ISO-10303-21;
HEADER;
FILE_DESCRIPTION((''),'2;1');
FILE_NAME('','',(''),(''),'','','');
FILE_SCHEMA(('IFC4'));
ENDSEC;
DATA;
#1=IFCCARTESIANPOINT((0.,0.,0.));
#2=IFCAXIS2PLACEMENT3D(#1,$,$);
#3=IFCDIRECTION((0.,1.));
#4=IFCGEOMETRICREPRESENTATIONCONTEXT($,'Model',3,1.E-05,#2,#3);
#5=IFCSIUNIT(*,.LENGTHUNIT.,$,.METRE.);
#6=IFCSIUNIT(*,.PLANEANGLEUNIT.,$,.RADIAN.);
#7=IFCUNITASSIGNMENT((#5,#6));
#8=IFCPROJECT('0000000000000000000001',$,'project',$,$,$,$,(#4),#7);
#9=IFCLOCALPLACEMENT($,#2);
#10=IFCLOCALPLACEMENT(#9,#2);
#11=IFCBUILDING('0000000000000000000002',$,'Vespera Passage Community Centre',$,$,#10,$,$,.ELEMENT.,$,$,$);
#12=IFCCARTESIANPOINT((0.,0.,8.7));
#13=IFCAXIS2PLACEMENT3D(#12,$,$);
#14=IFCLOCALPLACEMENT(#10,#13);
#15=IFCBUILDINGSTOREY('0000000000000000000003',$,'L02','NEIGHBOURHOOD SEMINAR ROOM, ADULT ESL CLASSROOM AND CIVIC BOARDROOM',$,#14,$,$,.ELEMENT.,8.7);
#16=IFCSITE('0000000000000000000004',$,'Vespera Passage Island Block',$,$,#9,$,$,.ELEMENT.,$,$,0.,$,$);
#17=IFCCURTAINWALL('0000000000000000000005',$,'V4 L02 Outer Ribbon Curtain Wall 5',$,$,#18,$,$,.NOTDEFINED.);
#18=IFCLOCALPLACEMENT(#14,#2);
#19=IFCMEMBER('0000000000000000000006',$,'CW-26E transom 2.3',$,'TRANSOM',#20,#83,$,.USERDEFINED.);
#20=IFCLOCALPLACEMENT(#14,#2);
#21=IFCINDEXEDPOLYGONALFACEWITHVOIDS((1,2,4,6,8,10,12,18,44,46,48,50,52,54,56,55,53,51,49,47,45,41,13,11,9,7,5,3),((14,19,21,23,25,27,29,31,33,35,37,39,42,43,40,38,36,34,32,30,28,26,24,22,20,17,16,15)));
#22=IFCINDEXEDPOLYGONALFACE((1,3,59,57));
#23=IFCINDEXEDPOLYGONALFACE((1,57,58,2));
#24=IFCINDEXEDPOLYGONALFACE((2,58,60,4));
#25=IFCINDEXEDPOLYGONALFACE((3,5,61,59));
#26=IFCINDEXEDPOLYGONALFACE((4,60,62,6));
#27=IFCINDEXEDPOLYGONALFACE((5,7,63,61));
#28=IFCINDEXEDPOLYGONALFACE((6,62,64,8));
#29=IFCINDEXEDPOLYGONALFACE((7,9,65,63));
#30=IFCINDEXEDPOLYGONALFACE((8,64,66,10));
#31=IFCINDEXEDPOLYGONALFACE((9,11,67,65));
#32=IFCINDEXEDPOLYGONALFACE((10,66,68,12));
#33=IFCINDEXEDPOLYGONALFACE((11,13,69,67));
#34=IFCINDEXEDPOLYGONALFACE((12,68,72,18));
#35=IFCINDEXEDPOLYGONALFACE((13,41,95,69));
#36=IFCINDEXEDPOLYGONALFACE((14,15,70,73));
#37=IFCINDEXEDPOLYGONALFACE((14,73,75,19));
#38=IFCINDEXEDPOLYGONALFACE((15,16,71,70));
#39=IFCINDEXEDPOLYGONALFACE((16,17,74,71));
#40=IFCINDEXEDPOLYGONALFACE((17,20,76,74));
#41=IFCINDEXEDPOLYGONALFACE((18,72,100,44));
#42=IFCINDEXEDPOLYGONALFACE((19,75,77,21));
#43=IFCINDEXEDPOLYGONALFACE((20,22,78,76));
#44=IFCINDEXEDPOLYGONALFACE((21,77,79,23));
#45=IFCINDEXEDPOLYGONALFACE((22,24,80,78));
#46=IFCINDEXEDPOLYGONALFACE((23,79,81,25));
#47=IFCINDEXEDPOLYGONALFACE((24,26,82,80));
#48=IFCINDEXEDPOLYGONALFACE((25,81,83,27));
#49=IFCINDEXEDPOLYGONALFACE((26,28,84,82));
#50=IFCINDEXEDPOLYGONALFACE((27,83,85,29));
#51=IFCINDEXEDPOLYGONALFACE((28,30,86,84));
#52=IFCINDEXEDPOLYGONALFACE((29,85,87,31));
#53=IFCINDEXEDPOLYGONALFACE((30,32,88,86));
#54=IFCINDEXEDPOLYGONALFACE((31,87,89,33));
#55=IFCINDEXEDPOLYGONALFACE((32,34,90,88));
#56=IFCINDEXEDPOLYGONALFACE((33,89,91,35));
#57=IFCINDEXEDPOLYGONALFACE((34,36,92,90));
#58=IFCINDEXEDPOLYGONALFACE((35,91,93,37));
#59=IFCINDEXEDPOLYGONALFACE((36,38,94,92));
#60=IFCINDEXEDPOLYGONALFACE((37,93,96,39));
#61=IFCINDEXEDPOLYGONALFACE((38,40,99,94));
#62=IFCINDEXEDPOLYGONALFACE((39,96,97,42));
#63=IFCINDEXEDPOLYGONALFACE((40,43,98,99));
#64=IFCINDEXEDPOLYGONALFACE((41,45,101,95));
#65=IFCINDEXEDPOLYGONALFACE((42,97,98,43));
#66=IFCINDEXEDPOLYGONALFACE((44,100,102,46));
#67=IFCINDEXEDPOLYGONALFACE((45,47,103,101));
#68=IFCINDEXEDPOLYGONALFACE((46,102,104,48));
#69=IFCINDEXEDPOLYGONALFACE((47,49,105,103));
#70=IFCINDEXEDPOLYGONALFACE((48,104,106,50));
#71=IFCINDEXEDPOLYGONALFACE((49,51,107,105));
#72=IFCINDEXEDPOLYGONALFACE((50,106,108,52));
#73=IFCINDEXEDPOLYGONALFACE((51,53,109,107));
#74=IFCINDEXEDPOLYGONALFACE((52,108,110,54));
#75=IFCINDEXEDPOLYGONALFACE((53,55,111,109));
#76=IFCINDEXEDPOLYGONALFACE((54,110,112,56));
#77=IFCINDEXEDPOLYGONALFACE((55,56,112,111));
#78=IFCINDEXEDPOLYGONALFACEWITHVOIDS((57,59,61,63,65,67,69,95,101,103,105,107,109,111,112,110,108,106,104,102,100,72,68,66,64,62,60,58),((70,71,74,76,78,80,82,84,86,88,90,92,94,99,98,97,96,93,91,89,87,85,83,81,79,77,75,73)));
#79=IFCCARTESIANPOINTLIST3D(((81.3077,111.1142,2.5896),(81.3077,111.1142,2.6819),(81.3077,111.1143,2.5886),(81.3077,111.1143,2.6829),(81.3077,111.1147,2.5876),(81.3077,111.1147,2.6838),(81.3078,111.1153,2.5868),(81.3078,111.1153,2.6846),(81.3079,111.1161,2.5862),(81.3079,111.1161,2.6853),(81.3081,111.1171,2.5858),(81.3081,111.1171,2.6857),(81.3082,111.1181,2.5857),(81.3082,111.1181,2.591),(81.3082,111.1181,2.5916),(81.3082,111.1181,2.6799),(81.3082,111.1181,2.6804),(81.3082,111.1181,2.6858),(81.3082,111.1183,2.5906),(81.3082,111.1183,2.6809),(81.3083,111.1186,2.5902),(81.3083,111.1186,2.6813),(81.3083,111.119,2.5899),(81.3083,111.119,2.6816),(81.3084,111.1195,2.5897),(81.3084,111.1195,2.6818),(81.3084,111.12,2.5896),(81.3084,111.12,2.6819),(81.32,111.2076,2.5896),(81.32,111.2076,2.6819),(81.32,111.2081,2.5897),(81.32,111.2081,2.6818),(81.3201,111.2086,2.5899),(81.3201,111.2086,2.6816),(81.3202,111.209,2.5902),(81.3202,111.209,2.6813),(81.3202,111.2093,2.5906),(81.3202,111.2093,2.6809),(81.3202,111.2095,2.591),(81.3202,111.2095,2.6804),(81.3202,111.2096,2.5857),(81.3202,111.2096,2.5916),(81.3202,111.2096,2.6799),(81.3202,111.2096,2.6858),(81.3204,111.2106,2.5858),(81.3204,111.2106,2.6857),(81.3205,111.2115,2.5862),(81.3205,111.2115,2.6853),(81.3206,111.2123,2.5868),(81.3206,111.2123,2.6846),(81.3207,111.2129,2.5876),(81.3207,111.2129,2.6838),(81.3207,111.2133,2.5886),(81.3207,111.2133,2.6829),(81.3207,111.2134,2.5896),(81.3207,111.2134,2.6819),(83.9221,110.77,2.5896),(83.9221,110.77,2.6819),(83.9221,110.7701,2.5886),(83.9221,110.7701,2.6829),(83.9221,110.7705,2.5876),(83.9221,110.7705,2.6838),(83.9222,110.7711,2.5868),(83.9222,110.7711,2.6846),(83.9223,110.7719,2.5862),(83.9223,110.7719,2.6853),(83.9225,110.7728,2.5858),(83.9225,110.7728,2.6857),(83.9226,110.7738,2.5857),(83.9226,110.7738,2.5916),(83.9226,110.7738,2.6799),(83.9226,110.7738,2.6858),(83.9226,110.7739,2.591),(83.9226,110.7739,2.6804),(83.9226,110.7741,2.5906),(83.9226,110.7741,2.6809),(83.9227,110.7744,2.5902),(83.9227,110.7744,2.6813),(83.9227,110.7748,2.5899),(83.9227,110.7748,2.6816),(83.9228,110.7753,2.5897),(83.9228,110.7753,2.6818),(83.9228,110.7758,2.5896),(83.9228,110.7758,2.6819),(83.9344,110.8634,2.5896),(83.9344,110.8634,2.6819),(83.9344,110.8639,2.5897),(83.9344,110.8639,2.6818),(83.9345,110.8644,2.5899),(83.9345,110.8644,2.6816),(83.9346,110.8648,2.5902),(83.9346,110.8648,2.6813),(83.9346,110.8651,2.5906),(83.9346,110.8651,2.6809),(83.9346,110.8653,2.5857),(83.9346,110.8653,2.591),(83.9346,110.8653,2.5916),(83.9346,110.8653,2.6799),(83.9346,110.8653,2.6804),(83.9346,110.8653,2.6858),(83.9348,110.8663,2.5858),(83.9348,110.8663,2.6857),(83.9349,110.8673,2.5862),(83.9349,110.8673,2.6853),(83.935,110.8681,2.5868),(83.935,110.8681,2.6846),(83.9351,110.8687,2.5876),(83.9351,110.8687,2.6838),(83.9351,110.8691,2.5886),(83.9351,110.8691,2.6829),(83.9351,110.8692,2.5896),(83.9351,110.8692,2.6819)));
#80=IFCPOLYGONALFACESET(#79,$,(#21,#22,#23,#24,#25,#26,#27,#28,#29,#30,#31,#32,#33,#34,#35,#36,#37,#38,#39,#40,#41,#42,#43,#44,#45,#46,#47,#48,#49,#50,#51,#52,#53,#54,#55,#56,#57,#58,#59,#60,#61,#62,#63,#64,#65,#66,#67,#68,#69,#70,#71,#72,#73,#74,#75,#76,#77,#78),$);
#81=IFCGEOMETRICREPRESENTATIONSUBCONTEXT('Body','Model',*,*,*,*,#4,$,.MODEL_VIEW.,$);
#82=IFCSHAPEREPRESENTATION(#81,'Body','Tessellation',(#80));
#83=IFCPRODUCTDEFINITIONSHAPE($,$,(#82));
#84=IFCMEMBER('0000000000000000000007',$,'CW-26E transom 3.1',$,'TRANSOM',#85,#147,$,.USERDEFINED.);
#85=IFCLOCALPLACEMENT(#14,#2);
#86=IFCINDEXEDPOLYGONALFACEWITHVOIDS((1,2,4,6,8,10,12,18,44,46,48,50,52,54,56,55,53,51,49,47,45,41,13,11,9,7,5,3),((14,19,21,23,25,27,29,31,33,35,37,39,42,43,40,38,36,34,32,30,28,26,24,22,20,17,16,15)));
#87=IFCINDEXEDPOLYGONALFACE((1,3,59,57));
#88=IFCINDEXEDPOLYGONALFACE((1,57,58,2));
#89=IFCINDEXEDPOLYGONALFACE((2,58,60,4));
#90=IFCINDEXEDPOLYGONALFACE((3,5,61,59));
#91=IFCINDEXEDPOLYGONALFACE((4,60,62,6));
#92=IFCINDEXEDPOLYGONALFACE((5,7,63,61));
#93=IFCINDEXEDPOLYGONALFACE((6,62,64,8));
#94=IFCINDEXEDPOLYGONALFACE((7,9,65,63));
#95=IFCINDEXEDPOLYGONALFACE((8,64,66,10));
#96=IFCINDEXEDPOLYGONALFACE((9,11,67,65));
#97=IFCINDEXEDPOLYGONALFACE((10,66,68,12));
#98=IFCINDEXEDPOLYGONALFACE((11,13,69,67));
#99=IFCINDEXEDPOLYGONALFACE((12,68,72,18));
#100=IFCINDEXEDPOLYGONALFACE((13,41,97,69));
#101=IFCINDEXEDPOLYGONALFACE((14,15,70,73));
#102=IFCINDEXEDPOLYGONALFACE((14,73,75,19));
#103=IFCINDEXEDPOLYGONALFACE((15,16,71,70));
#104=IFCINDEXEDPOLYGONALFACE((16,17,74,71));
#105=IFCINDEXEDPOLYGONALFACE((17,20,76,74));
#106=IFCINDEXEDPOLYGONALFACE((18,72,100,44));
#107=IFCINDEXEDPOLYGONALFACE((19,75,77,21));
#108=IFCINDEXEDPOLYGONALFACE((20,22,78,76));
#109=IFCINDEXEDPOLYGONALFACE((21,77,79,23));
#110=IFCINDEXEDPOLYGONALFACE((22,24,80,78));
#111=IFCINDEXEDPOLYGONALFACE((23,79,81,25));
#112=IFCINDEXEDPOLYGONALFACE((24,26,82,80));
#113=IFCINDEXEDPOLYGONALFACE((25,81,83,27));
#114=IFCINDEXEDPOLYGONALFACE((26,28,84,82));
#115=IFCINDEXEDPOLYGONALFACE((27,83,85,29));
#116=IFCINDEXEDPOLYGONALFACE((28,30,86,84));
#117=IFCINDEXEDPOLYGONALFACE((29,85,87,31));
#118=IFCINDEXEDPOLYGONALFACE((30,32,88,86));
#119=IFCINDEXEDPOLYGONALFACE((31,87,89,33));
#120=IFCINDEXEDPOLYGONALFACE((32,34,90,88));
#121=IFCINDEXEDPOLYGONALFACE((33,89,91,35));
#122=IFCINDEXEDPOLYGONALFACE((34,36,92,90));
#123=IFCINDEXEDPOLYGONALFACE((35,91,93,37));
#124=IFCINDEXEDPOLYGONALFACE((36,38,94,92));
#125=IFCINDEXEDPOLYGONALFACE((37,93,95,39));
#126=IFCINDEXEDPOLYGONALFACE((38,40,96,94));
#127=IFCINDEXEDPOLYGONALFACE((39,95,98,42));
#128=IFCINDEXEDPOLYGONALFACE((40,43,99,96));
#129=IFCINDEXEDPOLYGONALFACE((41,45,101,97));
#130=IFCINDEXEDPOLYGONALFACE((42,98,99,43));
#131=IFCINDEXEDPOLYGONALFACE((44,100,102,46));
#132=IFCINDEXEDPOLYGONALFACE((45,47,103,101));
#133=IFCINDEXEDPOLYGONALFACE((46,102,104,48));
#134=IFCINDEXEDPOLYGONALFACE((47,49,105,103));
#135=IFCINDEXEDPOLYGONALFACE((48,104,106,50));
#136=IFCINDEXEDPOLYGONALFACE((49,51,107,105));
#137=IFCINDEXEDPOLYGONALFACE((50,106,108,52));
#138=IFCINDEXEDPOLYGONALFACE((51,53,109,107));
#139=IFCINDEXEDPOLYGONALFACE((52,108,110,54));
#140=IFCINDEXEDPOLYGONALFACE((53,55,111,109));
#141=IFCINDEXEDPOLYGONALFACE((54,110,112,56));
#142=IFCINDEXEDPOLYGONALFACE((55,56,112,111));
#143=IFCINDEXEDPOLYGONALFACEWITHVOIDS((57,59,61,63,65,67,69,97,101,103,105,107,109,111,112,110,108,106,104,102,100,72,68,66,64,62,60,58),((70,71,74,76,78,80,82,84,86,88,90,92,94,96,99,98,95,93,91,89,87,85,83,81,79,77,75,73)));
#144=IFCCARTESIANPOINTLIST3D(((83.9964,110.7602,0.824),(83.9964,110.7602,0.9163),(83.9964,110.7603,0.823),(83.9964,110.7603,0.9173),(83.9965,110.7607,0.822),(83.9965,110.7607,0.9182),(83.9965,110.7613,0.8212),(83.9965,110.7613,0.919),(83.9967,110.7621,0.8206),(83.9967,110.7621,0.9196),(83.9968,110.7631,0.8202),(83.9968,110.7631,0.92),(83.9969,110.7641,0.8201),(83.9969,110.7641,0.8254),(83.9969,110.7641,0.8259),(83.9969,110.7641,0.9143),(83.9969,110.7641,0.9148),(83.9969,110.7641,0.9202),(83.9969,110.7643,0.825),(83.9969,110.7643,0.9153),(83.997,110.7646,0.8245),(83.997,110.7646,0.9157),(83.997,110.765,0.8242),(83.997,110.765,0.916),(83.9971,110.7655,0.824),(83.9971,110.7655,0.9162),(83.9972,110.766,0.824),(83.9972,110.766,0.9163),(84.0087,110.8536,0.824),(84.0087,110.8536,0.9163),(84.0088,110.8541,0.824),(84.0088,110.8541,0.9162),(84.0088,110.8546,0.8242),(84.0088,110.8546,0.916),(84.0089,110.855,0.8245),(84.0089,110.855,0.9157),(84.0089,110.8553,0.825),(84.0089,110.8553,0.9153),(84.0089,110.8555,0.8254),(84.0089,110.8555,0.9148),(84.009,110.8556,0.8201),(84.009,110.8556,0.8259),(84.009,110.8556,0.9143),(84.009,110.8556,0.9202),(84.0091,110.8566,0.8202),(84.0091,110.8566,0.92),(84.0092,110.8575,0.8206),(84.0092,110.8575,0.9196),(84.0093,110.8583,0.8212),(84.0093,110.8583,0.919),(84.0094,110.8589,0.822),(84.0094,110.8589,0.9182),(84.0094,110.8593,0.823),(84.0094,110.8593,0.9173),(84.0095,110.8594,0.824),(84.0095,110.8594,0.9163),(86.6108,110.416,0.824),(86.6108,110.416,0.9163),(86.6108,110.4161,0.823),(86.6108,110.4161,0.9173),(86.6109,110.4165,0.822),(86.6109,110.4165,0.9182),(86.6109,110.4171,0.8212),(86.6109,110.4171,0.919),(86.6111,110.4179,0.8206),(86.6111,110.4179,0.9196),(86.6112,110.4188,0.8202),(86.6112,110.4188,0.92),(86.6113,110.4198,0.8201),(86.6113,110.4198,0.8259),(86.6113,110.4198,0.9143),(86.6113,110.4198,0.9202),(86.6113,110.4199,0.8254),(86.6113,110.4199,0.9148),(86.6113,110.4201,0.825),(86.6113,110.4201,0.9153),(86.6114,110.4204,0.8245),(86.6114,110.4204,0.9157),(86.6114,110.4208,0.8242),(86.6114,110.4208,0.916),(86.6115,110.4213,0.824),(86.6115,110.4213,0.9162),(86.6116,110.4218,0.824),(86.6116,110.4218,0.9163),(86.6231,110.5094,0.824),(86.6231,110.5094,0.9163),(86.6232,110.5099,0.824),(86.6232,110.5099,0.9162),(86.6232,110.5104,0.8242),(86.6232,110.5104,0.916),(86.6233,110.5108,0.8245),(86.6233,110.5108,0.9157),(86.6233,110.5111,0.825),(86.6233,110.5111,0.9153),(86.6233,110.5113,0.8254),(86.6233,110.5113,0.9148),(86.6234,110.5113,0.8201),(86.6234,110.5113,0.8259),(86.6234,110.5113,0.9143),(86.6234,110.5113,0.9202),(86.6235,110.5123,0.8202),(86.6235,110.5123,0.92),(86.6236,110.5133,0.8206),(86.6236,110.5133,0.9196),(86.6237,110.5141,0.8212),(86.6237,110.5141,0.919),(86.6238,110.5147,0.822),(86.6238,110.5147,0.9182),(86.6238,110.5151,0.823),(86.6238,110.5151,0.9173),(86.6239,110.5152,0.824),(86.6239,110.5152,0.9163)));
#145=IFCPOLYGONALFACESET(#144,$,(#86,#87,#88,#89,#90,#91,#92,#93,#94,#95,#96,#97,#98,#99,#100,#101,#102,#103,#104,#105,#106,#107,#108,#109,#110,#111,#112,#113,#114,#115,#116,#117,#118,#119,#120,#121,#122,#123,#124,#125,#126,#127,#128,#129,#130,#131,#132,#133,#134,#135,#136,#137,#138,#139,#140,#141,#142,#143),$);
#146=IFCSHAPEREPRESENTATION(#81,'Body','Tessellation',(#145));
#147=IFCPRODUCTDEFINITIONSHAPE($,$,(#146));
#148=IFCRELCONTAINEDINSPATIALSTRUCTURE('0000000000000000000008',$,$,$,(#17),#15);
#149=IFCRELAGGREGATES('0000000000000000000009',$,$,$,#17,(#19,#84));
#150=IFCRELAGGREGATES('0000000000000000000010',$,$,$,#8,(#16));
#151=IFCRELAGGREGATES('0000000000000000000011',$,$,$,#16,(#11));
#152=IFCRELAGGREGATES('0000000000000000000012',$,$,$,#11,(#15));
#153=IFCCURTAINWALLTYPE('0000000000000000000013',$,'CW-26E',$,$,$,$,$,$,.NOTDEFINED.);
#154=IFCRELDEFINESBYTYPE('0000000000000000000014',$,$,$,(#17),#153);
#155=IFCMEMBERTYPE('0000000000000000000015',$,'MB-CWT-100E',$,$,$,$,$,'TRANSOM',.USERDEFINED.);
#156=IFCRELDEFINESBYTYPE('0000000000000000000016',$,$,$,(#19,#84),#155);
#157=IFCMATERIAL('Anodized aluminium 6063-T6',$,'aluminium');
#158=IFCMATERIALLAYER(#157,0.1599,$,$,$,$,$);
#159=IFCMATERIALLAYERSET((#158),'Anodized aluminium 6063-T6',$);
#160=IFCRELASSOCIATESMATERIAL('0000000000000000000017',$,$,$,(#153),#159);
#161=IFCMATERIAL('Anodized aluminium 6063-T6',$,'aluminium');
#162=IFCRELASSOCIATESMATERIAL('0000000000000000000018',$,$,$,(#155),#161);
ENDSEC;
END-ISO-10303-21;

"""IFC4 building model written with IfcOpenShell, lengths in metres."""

from ifc_helpers import new_model, si_unit, direction, frame, origin, origin_2d, place, context, subcontext, project, spatial, hollow_rectangle, extrude, material, layer, layer_set, material_profile, profile_set, type_object, element, aggregate, save


model = new_model("IFC4")

# Units and contexts
model_context = context("Model", 3, precision=1e-05, world=origin(), true_north=direction((0.0, 1.0)))
body_context = subcontext(model_context, "Body", "Model", "MODEL_VIEW")
ifc_project = project(units=[si_unit("LENGTHUNIT", "METRE"), si_unit("PLANEANGLEUNIT", "RADIAN")], contexts=[model_context])

# Site, building, storey
site_placement = place(None, origin())
site = spatial("IfcSite", under=ifc_project, at=site_placement, Name="Vespera Passage Island Block", CompositionType="ELEMENT", RefElevation=0.0)
building_placement = place(site_placement, origin())
building = spatial("IfcBuilding", under=site, at=building_placement, Name="Vespera Passage Community Centre", CompositionType="ELEMENT")
storey_placement = place(building_placement, frame((0.0, 0.0, 8.7)))
storey = spatial("IfcBuildingStorey", under=building, at=storey_placement, Name="L02", Description="NEIGHBOURHOOD SEMINAR ROOM, ADULT ESL CLASSROOM AND CIVIC BOARDROOM", CompositionType="ELEMENT", Elevation=8.7)

# Curtain wall, members
ifc_material_1 = material(Name="Anodized aluminium 6063-T6", Category="aluminium")
ifc_layer_1 = layer(ifc_material_1, 0.1599)
ifc_layer_set_1 = layer_set([ifc_layer_1], Name="Anodized aluminium 6063-T6")
curtain_wall_type_1 = type_object("IfcCurtainWallType", Name="CW-26E", PredefinedType="NOTDEFINED", material=ifc_layer_set_1)
curtain_wall_1_placement = place(storey_placement, origin())
curtain_wall_1 = element("IfcCurtainWall", 1, at=curtain_wall_1_placement, inside=storey, type_object=curtain_wall_type_1, Name="V4 L02 Outer Ribbon Curtain Wall 5", PredefinedType="NOTDEFINED")
ifc_material_2 = material(Name="Anodized aluminium 6063-T6", Category="aluminium")
ifc_material_profile_1 = material_profile(ifc_material_2, hollow_rectangle(XDim=0.1001, YDim=0.1001, WallThickness=0.0039, InnerFilletRadius=0.002, OuterFilletRadius=0.0039, at=origin_2d()), Name="ALU100X100X4")
ifc_profile_set_1 = profile_set([ifc_material_profile_1], Name="Anodized aluminium 6063-T6")
member_type_1 = type_object("IfcMemberType", Name="MB-CWT-100E", ElementType="TRANSOM", PredefinedType="USERDEFINED", material=ifc_profile_set_1)
member_1_placement = place(storey_placement, frame((81.3142, 111.1638, 2.6357), z_axis=(0.991443, -0.130538, 0.0), x_axis=(0.130538, 0.991443, 0.0)))
member_1 = element("IfcMember", 2, at=member_1_placement, type_object=member_type_1, Name="CW-26E transom 2.3", ObjectType="TRANSOM", PredefinedType="USERDEFINED", context=body_context, shape_type="SweptSolid", body=[
    extrude(hollow_rectangle(XDim=0.1001, YDim=0.1001, WallThickness=0.0039, InnerFilletRadius=0.002, OuterFilletRadius=0.0039, at=origin_2d()), origin(), (0.0, 0.0, 1.0), 2.637),
])
member_2_placement = place(storey_placement, frame((84.0029, 110.8098, 0.8701), z_axis=(0.991443, -0.130538, 0.0), x_axis=(0.130538, 0.991443, 0.0)))
member_2 = element("IfcMember", 3, at=member_2_placement, type_object=member_type_1, Name="CW-26E transom 3.1", ObjectType="TRANSOM", PredefinedType="USERDEFINED", context=body_context, shape_type="SweptSolid", body=[
    extrude(hollow_rectangle(XDim=0.1001, YDim=0.1001, WallThickness=0.0039, InnerFilletRadius=0.002, OuterFilletRadius=0.0039, at=origin_2d()), origin(), (0.0, 0.0, 1.0), 2.637),
])

aggregate(curtain_wall_1, [member_1, member_2])

save(model, "model.ifc")
